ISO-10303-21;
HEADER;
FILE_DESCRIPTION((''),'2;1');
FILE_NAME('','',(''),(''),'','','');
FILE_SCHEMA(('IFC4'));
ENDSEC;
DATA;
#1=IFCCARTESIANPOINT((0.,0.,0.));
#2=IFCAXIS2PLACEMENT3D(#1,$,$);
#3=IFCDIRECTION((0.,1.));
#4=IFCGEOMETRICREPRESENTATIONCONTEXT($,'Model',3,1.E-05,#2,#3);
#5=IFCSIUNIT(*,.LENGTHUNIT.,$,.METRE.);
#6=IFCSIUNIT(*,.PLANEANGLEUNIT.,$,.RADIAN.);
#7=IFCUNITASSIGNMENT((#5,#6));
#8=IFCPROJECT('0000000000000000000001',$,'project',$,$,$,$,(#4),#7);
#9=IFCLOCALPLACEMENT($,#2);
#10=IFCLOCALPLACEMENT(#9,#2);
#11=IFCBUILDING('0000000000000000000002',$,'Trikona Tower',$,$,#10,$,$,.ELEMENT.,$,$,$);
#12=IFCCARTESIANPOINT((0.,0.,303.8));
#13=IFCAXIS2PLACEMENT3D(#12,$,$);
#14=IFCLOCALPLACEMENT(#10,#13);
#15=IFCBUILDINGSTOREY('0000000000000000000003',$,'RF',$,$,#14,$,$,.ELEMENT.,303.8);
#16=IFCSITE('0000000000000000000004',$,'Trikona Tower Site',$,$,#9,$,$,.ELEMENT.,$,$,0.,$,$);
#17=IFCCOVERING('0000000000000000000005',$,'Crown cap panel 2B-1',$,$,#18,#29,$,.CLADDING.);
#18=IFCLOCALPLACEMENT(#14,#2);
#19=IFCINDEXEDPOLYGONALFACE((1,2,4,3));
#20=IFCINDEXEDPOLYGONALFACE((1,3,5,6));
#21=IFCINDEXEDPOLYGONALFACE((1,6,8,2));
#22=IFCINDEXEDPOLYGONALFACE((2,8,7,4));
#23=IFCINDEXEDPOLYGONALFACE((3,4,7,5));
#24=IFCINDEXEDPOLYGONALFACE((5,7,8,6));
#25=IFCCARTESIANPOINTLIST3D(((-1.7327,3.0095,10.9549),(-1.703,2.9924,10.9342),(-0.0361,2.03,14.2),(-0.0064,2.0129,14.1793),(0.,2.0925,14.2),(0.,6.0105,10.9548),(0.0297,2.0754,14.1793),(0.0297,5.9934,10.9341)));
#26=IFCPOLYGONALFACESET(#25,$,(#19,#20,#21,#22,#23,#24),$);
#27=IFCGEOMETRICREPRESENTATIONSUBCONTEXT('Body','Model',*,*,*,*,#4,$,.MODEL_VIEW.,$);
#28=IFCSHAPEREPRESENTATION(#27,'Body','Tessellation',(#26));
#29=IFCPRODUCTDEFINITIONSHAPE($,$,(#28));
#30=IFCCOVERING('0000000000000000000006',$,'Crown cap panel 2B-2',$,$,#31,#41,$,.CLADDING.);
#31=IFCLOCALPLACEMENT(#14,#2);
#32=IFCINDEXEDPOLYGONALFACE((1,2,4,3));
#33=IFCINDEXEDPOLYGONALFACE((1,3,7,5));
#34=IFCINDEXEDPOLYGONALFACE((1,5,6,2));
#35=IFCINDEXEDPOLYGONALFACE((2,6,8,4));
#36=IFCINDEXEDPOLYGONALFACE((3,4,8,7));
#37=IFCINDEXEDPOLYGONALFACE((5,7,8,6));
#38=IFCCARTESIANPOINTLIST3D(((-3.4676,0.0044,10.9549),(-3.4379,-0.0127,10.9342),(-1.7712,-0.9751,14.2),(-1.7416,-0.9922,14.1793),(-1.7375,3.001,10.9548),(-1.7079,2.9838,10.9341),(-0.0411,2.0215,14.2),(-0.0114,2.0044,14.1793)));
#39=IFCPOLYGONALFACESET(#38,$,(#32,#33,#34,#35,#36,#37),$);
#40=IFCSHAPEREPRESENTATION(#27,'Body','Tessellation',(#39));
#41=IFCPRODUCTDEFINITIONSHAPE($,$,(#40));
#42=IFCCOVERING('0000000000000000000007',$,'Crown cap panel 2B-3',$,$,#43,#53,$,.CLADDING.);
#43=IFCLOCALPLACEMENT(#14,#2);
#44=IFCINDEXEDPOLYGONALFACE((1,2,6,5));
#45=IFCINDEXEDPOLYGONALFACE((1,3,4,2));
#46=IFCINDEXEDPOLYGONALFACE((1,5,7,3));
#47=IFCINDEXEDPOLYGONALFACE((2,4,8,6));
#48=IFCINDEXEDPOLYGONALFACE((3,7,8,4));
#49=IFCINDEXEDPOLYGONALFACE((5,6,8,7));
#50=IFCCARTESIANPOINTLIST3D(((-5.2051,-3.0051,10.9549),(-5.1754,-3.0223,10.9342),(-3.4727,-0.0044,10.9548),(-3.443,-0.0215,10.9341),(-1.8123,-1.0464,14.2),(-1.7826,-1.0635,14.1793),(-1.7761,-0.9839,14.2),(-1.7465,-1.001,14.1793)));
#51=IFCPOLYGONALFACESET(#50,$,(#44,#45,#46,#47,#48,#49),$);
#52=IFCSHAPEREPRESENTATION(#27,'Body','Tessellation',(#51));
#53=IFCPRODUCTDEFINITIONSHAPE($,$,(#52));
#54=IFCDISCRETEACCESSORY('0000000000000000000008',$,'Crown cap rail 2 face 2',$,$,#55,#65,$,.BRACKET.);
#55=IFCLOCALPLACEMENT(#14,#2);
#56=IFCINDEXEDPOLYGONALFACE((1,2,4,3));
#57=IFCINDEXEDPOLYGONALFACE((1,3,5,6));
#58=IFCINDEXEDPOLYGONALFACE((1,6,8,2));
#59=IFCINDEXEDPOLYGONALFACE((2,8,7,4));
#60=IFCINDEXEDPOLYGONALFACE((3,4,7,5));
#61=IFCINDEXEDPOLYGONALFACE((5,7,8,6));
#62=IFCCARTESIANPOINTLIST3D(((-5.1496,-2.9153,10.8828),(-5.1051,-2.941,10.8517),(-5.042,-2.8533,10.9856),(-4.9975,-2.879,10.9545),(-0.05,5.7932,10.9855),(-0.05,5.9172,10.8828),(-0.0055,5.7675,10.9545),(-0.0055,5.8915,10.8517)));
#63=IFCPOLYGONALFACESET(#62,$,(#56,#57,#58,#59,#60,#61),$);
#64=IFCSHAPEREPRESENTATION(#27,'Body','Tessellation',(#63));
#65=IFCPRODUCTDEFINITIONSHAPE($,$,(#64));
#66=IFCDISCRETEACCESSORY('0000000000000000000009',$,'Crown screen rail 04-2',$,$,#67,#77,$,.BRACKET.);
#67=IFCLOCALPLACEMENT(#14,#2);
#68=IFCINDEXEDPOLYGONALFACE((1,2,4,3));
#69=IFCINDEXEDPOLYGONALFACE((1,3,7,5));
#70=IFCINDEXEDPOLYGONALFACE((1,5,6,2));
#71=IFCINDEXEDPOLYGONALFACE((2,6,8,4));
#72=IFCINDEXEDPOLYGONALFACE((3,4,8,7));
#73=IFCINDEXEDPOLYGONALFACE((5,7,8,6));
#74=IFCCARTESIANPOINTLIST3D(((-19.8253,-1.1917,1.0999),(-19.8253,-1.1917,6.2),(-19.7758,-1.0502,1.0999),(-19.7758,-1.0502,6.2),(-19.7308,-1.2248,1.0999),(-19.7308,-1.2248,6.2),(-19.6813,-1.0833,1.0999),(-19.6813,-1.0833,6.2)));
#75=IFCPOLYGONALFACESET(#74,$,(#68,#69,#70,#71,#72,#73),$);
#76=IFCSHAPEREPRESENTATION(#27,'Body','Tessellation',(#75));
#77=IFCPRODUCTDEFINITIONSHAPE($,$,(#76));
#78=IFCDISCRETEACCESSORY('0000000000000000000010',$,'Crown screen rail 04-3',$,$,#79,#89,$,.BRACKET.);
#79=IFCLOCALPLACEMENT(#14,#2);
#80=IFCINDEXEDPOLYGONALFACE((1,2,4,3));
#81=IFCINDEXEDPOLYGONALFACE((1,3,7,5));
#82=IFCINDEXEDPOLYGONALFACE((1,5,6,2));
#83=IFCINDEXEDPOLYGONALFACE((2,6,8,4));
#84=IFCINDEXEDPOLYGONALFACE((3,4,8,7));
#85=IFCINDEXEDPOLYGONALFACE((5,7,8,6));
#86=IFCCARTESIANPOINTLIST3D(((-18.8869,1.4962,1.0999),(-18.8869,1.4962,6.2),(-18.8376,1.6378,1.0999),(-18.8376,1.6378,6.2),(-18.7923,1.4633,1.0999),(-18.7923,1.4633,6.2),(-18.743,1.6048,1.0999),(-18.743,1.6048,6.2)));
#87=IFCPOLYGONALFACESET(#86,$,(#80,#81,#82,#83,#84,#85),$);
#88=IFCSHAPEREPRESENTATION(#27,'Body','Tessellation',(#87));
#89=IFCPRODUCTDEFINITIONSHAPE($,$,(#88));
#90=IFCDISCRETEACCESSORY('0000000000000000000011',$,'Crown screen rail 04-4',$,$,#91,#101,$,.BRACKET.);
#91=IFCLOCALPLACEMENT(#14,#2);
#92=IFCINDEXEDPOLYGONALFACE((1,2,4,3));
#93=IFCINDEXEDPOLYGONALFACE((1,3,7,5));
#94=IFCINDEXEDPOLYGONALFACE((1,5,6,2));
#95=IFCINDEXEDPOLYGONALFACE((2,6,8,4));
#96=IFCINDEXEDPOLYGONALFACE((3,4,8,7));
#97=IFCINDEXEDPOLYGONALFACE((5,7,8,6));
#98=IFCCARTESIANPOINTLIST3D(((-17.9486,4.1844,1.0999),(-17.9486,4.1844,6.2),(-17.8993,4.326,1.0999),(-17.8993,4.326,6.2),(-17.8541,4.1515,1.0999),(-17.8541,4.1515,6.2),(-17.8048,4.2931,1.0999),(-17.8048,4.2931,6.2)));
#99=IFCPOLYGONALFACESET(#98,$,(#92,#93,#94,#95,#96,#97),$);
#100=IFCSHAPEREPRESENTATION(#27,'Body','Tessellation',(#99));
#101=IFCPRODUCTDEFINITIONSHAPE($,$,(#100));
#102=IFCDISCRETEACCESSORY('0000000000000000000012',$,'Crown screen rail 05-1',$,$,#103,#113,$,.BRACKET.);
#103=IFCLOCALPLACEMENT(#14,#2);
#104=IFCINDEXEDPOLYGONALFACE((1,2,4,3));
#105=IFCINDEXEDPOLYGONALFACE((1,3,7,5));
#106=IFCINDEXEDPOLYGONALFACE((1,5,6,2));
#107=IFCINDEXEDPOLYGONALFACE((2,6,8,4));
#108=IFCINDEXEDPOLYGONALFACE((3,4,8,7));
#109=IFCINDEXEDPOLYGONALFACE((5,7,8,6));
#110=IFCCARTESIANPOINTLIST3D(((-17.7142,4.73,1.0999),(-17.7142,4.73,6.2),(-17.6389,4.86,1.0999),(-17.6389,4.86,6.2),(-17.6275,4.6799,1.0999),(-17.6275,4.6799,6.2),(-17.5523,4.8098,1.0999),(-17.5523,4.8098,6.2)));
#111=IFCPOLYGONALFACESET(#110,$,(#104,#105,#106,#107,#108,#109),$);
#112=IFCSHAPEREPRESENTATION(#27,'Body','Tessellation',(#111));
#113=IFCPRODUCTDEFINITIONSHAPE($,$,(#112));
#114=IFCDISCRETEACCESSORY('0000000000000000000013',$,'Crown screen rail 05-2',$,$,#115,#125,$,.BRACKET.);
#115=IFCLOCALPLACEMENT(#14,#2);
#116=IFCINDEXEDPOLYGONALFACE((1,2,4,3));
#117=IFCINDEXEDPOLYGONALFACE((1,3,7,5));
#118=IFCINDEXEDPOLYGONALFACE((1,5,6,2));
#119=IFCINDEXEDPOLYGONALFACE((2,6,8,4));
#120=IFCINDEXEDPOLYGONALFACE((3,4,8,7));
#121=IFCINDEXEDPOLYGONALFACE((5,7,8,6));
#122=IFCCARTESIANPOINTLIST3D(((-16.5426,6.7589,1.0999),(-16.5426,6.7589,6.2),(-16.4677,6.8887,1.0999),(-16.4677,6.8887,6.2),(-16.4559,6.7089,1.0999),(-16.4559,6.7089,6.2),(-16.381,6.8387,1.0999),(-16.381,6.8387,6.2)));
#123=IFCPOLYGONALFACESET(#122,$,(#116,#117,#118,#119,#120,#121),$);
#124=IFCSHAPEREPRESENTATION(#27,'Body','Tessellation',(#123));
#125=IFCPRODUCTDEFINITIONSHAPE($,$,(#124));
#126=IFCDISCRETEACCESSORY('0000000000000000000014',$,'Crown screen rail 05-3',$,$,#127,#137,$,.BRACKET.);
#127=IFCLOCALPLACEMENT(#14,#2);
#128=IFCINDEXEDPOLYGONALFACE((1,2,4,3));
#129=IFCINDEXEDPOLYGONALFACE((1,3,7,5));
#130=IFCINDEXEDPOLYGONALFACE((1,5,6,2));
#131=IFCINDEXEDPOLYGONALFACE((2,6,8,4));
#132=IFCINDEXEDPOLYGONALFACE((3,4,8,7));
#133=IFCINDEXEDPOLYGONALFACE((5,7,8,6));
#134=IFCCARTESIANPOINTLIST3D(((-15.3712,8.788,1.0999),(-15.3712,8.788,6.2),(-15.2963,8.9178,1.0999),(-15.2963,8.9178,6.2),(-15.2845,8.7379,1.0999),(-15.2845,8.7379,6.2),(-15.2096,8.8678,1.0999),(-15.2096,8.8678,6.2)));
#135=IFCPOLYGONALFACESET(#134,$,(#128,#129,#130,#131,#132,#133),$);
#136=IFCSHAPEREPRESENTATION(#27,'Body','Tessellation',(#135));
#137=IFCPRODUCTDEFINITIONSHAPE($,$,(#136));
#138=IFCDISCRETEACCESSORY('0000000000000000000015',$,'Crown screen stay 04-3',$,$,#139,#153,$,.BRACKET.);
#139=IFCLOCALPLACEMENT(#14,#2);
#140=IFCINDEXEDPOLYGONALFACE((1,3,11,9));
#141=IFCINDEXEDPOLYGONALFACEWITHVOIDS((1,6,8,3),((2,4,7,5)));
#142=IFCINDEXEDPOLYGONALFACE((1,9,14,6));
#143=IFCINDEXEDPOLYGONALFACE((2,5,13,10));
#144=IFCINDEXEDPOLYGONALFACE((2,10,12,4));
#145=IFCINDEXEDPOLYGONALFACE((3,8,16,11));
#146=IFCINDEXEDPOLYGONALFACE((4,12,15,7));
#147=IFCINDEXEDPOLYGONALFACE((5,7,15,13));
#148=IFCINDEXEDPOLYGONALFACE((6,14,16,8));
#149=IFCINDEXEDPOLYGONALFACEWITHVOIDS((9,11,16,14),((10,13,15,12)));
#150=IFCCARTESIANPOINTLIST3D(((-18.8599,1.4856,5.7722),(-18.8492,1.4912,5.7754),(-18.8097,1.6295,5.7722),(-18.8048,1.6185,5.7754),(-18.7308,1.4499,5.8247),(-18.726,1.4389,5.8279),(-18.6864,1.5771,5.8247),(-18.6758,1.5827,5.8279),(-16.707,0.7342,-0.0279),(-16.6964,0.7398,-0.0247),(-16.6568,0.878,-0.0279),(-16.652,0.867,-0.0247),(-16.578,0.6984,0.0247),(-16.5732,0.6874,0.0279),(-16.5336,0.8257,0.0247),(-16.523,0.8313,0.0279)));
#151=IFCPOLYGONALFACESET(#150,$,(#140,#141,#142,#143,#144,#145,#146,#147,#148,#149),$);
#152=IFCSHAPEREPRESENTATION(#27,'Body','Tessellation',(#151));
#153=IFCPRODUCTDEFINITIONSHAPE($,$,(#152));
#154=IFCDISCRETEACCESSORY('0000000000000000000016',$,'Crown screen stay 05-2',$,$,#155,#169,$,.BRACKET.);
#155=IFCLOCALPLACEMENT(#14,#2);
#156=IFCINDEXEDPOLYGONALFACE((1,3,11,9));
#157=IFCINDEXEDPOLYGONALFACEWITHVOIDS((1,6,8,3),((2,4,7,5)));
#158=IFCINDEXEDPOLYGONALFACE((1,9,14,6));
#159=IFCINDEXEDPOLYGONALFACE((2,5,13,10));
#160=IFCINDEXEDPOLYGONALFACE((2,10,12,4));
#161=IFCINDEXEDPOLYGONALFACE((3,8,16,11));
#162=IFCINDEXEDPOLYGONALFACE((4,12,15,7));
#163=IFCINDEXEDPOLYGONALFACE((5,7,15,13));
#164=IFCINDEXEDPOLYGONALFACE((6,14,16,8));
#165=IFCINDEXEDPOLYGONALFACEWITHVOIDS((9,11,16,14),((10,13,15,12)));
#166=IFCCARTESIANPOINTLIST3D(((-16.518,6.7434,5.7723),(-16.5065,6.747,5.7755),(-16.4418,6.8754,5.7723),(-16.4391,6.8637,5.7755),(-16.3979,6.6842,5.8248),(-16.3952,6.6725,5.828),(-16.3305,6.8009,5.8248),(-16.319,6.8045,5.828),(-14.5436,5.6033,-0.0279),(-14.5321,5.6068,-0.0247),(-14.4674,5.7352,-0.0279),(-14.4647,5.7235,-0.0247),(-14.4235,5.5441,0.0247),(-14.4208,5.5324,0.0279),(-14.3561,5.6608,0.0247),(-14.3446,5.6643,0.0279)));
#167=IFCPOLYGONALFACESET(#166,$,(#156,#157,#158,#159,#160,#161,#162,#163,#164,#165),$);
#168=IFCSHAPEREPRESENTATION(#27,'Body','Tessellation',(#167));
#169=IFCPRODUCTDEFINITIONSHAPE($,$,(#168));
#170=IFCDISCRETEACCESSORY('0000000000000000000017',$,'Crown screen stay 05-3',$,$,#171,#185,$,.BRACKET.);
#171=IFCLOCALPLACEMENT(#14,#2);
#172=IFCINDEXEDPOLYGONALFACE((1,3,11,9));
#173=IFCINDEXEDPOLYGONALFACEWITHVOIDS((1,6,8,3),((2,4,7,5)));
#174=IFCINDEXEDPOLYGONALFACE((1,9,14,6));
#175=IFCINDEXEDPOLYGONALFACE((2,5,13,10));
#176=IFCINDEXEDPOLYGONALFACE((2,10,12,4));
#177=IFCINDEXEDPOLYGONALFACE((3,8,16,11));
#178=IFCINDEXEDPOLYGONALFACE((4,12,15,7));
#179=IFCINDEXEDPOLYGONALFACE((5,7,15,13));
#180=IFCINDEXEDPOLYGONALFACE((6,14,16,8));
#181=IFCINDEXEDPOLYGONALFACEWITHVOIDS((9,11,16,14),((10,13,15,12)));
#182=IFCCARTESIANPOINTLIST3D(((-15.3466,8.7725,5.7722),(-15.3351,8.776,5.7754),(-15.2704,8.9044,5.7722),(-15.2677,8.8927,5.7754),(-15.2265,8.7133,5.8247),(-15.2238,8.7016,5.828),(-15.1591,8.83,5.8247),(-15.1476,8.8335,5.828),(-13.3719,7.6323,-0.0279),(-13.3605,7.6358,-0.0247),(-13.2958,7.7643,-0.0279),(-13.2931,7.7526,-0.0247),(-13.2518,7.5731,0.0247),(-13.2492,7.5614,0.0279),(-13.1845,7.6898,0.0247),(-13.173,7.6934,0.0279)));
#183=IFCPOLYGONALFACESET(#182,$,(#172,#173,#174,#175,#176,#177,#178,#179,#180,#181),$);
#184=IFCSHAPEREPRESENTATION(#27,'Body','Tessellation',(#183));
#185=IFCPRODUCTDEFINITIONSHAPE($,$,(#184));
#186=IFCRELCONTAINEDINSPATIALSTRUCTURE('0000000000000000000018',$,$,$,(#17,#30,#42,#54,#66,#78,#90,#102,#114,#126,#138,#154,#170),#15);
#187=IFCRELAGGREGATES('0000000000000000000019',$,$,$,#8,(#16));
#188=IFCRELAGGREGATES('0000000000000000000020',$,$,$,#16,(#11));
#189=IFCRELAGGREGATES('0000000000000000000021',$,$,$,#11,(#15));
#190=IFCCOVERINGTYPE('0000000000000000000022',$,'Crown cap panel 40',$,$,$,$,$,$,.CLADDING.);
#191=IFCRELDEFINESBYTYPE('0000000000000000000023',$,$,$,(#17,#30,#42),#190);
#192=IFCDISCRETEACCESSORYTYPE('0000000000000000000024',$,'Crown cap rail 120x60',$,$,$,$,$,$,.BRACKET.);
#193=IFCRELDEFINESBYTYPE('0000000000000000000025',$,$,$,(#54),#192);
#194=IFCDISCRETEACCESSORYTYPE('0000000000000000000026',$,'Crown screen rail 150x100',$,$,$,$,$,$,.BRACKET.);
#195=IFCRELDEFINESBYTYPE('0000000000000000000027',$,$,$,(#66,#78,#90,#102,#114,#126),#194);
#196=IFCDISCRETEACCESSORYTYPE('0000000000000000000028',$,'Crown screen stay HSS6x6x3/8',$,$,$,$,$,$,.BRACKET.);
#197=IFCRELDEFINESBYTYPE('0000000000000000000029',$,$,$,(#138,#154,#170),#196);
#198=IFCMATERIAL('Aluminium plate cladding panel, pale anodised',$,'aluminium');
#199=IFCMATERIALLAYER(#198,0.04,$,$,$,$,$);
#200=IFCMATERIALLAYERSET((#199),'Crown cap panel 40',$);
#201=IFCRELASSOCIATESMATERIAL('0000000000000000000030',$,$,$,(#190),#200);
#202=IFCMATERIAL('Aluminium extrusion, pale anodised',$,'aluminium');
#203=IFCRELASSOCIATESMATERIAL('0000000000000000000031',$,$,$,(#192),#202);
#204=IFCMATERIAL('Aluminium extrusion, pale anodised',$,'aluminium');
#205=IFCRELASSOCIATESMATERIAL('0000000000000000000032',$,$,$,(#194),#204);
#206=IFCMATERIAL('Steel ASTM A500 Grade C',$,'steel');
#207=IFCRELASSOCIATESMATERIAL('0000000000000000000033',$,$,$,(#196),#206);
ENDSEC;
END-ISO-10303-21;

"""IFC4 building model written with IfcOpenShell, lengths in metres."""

from ifc_helpers import new_model, si_unit, direction, frame, frame_2d, origin, origin_2d, place, context, subcontext, project, spatial, polyline, rectangle, hollow_rectangle, outline, extrude, material, layer, layer_set, material_profile, profile_set, type_object, element, save


model = new_model("IFC4")

# Units and contexts
model_context = context("Model", 3, precision=1e-05, world=origin(), true_north=direction((0.0, 1.0)))
body_context = subcontext(model_context, "Body", "Model", "MODEL_VIEW")
ifc_project = project(units=[si_unit("LENGTHUNIT", "METRE"), si_unit("PLANEANGLEUNIT", "RADIAN")], contexts=[model_context])

# Site, building, storey
site_placement = place(None, origin())
site = spatial("IfcSite", under=ifc_project, at=site_placement, Name="Trikona Tower Site", CompositionType="ELEMENT", RefElevation=0.0)
building_placement = place(site_placement, origin())
building = spatial("IfcBuilding", under=site, at=building_placement, Name="Trikona Tower", CompositionType="ELEMENT")
storey_placement = place(building_placement, frame((0.0, 0.0, 303.8)))
storey = spatial("IfcBuildingStorey", under=building, at=storey_placement, Name="RF", CompositionType="ELEMENT", Elevation=303.8)

# Coverings
ifc_material_1 = material(Name="Aluminium plate cladding panel, pale anodised", Category="aluminium")
ifc_layer_1 = layer(ifc_material_1, 0.04)
ifc_layer_set_1 = layer_set([ifc_layer_1], Name="Crown cap panel 40")
covering_type = type_object("IfcCoveringType", Name="Crown cap panel 40", PredefinedType="CLADDING", material=ifc_layer_set_1)
covering_1_placement = place(storey_placement, frame((0.0, 6.0105, 10.9548), z_axis=(-0.741392, 0.428067, 0.516813), x_axis=(-0.500018, -0.866015, 0.000005)))
element("IfcCovering", 1, at=covering_1_placement, inside=storey, type_object=covering_type, Name="Crown cap panel 2B-1", PredefinedType="CLADDING", context=body_context, shape_type="SweptSolid", body=[
    extrude(outline(polyline([(0.0, 0.0), (3.4653, 0.0), (3.4652, 3.7906), (3.393, 3.7906), (0.0, 0.0)])), origin(), (0.0, 0.0, -1.0), 0.04),
])
covering_2_placement = place(storey_placement, frame((-1.7375, 3.001, 10.9548), z_axis=(-0.741415, 0.428062, 0.516785), x_axis=(-0.499998, -0.866026, 0.000014)))
element("IfcCovering", 2, at=covering_2_placement, inside=storey, type_object=covering_type, Name="Crown cap panel 2B-2", PredefinedType="CLADDING", context=body_context, shape_type="SweptSolid", body=[
    extrude(outline(polyline([(0.0, 0.0), (3.4601, 0.0), (3.4603, 3.7905), (0.0, 3.7906), (0.0, 0.0)])), origin(), (0.0, 0.0, -1.0), 0.04),
])
covering_3_placement = place(storey_placement, frame((-3.4727, -0.0044, 10.9548), z_axis=(-0.741411, 0.428053, 0.516797), x_axis=(-0.499996, -0.866027, 0.000005)))
element("IfcCovering", 3, at=covering_3_placement, inside=storey, type_object=covering_type, Name="Crown cap panel 2B-3", PredefinedType="CLADDING", context=body_context, shape_type="SweptSolid", body=[
    extrude(outline(polyline([(0.0, 0.0), (3.4649, 0.0), (0.0722, 3.7905), (0.0, 3.7906), (0.0, 0.0)])), origin(), (0.0, 0.0, -1.0), 0.04),
])

# Discrete accessories
ifc_material_2 = material(Name="Aluminium extrusion, pale anodised", Category="aluminium")
discrete_accessory_type_1 = type_object("IfcDiscreteAccessoryType", Name="Crown cap rail 120x60", PredefinedType="BRACKET", material=ifc_material_2)
discrete_accessory_1_placement = place(storey_placement, frame((-0.05, 5.9172, 10.8828), z_axis=(-0.741162, 0.427912, 0.517271), x_axis=(-0.500004, -0.866023, -0.000005)))
element("IfcDiscreteAccessory", 4, at=discrete_accessory_1_placement, inside=storey, type_object=discrete_accessory_type_1, Name="Crown cap rail 2 face 2", PredefinedType="BRACKET", context=body_context, shape_type="SweptSolid", body=[
    extrude(outline(polyline([(0.0, 0.0), (10.199, 0.0), (10.0915, 0.1202), (0.1074, 0.12), (0.0, 0.0)])), origin(), (0.0, 0.0, -1.0), 0.0601),
])
ifc_material_3 = material(Name="Aluminium extrusion, pale anodised", Category="aluminium")
discrete_accessory_type_2 = type_object("IfcDiscreteAccessoryType", Name="Crown screen rail 150x100", PredefinedType="BRACKET", material=ifc_material_3)
for number, where, z_axis, x_axis, name in (
    (5, (-19.7781, -1.2083, 1.0999), (0.0, 0.0, 1.0), (0.33035, 0.943858, 0.0), "Crown screen rail 04-2"),
    (6, (-18.8396, 1.4797, 1.0999), (0.0, 0.0, 1.0), (0.3289, 0.944365, 0.0), "Crown screen rail 04-3"),
    (7, (-17.9014, 4.168, 1.0999), (0.0, 0.0, 1.0), (0.3289, 0.944365, 0.0), "Crown screen rail 04-4"),
):
    element("IfcDiscreteAccessory", number, at=place(storey_placement, frame(where, z_axis=z_axis, x_axis=x_axis)), inside=storey, type_object=discrete_accessory_type_2, Name=name, PredefinedType="BRACKET", context=body_context, shape_type="SweptSolid", body=[
        extrude(rectangle(XDim=0.1499, YDim=0.1001, at=frame_2d((0.075, 0.0))), origin(), (0.0, 0.0, 1.0), 5.1001),
    ])
discrete_accessory_2_placement = place(storey_placement, frame((-17.6709, 4.7048, 1.0999), z_axis=(0.0, 0.0, 1.0), x_axis=(0.501036, 0.865426, 0.0)))
element("IfcDiscreteAccessory", 8, at=discrete_accessory_2_placement, inside=storey, type_object=discrete_accessory_type_2, Name="Crown screen rail 05-1", PredefinedType="BRACKET", context=body_context, shape_type="SweptSolid", body=[
    extrude(rectangle(XDim=0.1501, YDim=0.1001, at=frame_2d((0.0752, 0.0))), origin(), (0.0, 0.0, 1.0), 5.1001),
])
for number, where, z_axis, x_axis, name in (
    (9, (-16.4993, 6.7339, 1.0999), (0.0, 0.0, 1.0), (0.499816, 0.866131, 0.0), "Crown screen rail 05-2"),
    (10, (-15.3279, 8.7629, 1.0999), (0.0, 0.0, 1.0), (0.499816, 0.866131, 0.0), "Crown screen rail 05-3"),
):
    element("IfcDiscreteAccessory", number, at=place(storey_placement, frame(where, z_axis=z_axis, x_axis=x_axis)), inside=storey, type_object=discrete_accessory_type_2, Name=name, PredefinedType="BRACKET", context=body_context, shape_type="SweptSolid", body=[
        extrude(rectangle(XDim=0.1499, YDim=0.1001, at=frame_2d((0.075, 0.0))), origin(), (0.0, 0.0, 1.0), 5.1001),
    ])
ifc_material_4 = material(Name="Steel ASTM A500 Grade C", Category="steel")
ifc_material_profile_1 = material_profile(ifc_material_4, hollow_rectangle(XDim=0.1523, YDim=0.1523, WallThickness=0.0088, at=origin_2d()), Name="HSS6X6X3/8")
ifc_profile_set_1 = profile_set([ifc_material_profile_1], Name="Steel ASTM A500 Grade C")
discrete_accessory_type_3 = type_object("IfcDiscreteAccessoryType", Name="Crown screen stay HSS6x6x3/8", PredefinedType="BRACKET", material=ifc_profile_set_1)
for number, where, z_axis, x_axis, name in (
    (11, (-16.615, 0.7827, 0.0), (-0.345439, 0.120578, 0.930663), (-0.329559, -0.944135, 0.0), "Crown screen stay 04-3"),
    (12, (-14.4441, 5.6338, 0.0), (-0.316808, 0.182947, 0.930679), (-0.500078, -0.86598, 0.0), "Crown screen stay 05-2"),
    (13, (-13.2725, 7.6628, 0.0), (-0.316843, 0.182945, 0.930667), (-0.500031, -0.866007, 0.0), "Crown screen stay 05-3"),
):
    element("IfcDiscreteAccessory", number, at=place(storey_placement, frame(where, z_axis=z_axis, x_axis=x_axis)), inside=storey, type_object=discrete_accessory_type_3, Name=name, PredefinedType="BRACKET", context=body_context, shape_type="SweptSolid", body=[
        extrude(hollow_rectangle(XDim=0.1523, YDim=0.1523, WallThickness=0.0088, at=origin_2d()), origin(), (0.0, 0.0, 1.0), 6.2322),
    ])

save(model, "model.ifc")
